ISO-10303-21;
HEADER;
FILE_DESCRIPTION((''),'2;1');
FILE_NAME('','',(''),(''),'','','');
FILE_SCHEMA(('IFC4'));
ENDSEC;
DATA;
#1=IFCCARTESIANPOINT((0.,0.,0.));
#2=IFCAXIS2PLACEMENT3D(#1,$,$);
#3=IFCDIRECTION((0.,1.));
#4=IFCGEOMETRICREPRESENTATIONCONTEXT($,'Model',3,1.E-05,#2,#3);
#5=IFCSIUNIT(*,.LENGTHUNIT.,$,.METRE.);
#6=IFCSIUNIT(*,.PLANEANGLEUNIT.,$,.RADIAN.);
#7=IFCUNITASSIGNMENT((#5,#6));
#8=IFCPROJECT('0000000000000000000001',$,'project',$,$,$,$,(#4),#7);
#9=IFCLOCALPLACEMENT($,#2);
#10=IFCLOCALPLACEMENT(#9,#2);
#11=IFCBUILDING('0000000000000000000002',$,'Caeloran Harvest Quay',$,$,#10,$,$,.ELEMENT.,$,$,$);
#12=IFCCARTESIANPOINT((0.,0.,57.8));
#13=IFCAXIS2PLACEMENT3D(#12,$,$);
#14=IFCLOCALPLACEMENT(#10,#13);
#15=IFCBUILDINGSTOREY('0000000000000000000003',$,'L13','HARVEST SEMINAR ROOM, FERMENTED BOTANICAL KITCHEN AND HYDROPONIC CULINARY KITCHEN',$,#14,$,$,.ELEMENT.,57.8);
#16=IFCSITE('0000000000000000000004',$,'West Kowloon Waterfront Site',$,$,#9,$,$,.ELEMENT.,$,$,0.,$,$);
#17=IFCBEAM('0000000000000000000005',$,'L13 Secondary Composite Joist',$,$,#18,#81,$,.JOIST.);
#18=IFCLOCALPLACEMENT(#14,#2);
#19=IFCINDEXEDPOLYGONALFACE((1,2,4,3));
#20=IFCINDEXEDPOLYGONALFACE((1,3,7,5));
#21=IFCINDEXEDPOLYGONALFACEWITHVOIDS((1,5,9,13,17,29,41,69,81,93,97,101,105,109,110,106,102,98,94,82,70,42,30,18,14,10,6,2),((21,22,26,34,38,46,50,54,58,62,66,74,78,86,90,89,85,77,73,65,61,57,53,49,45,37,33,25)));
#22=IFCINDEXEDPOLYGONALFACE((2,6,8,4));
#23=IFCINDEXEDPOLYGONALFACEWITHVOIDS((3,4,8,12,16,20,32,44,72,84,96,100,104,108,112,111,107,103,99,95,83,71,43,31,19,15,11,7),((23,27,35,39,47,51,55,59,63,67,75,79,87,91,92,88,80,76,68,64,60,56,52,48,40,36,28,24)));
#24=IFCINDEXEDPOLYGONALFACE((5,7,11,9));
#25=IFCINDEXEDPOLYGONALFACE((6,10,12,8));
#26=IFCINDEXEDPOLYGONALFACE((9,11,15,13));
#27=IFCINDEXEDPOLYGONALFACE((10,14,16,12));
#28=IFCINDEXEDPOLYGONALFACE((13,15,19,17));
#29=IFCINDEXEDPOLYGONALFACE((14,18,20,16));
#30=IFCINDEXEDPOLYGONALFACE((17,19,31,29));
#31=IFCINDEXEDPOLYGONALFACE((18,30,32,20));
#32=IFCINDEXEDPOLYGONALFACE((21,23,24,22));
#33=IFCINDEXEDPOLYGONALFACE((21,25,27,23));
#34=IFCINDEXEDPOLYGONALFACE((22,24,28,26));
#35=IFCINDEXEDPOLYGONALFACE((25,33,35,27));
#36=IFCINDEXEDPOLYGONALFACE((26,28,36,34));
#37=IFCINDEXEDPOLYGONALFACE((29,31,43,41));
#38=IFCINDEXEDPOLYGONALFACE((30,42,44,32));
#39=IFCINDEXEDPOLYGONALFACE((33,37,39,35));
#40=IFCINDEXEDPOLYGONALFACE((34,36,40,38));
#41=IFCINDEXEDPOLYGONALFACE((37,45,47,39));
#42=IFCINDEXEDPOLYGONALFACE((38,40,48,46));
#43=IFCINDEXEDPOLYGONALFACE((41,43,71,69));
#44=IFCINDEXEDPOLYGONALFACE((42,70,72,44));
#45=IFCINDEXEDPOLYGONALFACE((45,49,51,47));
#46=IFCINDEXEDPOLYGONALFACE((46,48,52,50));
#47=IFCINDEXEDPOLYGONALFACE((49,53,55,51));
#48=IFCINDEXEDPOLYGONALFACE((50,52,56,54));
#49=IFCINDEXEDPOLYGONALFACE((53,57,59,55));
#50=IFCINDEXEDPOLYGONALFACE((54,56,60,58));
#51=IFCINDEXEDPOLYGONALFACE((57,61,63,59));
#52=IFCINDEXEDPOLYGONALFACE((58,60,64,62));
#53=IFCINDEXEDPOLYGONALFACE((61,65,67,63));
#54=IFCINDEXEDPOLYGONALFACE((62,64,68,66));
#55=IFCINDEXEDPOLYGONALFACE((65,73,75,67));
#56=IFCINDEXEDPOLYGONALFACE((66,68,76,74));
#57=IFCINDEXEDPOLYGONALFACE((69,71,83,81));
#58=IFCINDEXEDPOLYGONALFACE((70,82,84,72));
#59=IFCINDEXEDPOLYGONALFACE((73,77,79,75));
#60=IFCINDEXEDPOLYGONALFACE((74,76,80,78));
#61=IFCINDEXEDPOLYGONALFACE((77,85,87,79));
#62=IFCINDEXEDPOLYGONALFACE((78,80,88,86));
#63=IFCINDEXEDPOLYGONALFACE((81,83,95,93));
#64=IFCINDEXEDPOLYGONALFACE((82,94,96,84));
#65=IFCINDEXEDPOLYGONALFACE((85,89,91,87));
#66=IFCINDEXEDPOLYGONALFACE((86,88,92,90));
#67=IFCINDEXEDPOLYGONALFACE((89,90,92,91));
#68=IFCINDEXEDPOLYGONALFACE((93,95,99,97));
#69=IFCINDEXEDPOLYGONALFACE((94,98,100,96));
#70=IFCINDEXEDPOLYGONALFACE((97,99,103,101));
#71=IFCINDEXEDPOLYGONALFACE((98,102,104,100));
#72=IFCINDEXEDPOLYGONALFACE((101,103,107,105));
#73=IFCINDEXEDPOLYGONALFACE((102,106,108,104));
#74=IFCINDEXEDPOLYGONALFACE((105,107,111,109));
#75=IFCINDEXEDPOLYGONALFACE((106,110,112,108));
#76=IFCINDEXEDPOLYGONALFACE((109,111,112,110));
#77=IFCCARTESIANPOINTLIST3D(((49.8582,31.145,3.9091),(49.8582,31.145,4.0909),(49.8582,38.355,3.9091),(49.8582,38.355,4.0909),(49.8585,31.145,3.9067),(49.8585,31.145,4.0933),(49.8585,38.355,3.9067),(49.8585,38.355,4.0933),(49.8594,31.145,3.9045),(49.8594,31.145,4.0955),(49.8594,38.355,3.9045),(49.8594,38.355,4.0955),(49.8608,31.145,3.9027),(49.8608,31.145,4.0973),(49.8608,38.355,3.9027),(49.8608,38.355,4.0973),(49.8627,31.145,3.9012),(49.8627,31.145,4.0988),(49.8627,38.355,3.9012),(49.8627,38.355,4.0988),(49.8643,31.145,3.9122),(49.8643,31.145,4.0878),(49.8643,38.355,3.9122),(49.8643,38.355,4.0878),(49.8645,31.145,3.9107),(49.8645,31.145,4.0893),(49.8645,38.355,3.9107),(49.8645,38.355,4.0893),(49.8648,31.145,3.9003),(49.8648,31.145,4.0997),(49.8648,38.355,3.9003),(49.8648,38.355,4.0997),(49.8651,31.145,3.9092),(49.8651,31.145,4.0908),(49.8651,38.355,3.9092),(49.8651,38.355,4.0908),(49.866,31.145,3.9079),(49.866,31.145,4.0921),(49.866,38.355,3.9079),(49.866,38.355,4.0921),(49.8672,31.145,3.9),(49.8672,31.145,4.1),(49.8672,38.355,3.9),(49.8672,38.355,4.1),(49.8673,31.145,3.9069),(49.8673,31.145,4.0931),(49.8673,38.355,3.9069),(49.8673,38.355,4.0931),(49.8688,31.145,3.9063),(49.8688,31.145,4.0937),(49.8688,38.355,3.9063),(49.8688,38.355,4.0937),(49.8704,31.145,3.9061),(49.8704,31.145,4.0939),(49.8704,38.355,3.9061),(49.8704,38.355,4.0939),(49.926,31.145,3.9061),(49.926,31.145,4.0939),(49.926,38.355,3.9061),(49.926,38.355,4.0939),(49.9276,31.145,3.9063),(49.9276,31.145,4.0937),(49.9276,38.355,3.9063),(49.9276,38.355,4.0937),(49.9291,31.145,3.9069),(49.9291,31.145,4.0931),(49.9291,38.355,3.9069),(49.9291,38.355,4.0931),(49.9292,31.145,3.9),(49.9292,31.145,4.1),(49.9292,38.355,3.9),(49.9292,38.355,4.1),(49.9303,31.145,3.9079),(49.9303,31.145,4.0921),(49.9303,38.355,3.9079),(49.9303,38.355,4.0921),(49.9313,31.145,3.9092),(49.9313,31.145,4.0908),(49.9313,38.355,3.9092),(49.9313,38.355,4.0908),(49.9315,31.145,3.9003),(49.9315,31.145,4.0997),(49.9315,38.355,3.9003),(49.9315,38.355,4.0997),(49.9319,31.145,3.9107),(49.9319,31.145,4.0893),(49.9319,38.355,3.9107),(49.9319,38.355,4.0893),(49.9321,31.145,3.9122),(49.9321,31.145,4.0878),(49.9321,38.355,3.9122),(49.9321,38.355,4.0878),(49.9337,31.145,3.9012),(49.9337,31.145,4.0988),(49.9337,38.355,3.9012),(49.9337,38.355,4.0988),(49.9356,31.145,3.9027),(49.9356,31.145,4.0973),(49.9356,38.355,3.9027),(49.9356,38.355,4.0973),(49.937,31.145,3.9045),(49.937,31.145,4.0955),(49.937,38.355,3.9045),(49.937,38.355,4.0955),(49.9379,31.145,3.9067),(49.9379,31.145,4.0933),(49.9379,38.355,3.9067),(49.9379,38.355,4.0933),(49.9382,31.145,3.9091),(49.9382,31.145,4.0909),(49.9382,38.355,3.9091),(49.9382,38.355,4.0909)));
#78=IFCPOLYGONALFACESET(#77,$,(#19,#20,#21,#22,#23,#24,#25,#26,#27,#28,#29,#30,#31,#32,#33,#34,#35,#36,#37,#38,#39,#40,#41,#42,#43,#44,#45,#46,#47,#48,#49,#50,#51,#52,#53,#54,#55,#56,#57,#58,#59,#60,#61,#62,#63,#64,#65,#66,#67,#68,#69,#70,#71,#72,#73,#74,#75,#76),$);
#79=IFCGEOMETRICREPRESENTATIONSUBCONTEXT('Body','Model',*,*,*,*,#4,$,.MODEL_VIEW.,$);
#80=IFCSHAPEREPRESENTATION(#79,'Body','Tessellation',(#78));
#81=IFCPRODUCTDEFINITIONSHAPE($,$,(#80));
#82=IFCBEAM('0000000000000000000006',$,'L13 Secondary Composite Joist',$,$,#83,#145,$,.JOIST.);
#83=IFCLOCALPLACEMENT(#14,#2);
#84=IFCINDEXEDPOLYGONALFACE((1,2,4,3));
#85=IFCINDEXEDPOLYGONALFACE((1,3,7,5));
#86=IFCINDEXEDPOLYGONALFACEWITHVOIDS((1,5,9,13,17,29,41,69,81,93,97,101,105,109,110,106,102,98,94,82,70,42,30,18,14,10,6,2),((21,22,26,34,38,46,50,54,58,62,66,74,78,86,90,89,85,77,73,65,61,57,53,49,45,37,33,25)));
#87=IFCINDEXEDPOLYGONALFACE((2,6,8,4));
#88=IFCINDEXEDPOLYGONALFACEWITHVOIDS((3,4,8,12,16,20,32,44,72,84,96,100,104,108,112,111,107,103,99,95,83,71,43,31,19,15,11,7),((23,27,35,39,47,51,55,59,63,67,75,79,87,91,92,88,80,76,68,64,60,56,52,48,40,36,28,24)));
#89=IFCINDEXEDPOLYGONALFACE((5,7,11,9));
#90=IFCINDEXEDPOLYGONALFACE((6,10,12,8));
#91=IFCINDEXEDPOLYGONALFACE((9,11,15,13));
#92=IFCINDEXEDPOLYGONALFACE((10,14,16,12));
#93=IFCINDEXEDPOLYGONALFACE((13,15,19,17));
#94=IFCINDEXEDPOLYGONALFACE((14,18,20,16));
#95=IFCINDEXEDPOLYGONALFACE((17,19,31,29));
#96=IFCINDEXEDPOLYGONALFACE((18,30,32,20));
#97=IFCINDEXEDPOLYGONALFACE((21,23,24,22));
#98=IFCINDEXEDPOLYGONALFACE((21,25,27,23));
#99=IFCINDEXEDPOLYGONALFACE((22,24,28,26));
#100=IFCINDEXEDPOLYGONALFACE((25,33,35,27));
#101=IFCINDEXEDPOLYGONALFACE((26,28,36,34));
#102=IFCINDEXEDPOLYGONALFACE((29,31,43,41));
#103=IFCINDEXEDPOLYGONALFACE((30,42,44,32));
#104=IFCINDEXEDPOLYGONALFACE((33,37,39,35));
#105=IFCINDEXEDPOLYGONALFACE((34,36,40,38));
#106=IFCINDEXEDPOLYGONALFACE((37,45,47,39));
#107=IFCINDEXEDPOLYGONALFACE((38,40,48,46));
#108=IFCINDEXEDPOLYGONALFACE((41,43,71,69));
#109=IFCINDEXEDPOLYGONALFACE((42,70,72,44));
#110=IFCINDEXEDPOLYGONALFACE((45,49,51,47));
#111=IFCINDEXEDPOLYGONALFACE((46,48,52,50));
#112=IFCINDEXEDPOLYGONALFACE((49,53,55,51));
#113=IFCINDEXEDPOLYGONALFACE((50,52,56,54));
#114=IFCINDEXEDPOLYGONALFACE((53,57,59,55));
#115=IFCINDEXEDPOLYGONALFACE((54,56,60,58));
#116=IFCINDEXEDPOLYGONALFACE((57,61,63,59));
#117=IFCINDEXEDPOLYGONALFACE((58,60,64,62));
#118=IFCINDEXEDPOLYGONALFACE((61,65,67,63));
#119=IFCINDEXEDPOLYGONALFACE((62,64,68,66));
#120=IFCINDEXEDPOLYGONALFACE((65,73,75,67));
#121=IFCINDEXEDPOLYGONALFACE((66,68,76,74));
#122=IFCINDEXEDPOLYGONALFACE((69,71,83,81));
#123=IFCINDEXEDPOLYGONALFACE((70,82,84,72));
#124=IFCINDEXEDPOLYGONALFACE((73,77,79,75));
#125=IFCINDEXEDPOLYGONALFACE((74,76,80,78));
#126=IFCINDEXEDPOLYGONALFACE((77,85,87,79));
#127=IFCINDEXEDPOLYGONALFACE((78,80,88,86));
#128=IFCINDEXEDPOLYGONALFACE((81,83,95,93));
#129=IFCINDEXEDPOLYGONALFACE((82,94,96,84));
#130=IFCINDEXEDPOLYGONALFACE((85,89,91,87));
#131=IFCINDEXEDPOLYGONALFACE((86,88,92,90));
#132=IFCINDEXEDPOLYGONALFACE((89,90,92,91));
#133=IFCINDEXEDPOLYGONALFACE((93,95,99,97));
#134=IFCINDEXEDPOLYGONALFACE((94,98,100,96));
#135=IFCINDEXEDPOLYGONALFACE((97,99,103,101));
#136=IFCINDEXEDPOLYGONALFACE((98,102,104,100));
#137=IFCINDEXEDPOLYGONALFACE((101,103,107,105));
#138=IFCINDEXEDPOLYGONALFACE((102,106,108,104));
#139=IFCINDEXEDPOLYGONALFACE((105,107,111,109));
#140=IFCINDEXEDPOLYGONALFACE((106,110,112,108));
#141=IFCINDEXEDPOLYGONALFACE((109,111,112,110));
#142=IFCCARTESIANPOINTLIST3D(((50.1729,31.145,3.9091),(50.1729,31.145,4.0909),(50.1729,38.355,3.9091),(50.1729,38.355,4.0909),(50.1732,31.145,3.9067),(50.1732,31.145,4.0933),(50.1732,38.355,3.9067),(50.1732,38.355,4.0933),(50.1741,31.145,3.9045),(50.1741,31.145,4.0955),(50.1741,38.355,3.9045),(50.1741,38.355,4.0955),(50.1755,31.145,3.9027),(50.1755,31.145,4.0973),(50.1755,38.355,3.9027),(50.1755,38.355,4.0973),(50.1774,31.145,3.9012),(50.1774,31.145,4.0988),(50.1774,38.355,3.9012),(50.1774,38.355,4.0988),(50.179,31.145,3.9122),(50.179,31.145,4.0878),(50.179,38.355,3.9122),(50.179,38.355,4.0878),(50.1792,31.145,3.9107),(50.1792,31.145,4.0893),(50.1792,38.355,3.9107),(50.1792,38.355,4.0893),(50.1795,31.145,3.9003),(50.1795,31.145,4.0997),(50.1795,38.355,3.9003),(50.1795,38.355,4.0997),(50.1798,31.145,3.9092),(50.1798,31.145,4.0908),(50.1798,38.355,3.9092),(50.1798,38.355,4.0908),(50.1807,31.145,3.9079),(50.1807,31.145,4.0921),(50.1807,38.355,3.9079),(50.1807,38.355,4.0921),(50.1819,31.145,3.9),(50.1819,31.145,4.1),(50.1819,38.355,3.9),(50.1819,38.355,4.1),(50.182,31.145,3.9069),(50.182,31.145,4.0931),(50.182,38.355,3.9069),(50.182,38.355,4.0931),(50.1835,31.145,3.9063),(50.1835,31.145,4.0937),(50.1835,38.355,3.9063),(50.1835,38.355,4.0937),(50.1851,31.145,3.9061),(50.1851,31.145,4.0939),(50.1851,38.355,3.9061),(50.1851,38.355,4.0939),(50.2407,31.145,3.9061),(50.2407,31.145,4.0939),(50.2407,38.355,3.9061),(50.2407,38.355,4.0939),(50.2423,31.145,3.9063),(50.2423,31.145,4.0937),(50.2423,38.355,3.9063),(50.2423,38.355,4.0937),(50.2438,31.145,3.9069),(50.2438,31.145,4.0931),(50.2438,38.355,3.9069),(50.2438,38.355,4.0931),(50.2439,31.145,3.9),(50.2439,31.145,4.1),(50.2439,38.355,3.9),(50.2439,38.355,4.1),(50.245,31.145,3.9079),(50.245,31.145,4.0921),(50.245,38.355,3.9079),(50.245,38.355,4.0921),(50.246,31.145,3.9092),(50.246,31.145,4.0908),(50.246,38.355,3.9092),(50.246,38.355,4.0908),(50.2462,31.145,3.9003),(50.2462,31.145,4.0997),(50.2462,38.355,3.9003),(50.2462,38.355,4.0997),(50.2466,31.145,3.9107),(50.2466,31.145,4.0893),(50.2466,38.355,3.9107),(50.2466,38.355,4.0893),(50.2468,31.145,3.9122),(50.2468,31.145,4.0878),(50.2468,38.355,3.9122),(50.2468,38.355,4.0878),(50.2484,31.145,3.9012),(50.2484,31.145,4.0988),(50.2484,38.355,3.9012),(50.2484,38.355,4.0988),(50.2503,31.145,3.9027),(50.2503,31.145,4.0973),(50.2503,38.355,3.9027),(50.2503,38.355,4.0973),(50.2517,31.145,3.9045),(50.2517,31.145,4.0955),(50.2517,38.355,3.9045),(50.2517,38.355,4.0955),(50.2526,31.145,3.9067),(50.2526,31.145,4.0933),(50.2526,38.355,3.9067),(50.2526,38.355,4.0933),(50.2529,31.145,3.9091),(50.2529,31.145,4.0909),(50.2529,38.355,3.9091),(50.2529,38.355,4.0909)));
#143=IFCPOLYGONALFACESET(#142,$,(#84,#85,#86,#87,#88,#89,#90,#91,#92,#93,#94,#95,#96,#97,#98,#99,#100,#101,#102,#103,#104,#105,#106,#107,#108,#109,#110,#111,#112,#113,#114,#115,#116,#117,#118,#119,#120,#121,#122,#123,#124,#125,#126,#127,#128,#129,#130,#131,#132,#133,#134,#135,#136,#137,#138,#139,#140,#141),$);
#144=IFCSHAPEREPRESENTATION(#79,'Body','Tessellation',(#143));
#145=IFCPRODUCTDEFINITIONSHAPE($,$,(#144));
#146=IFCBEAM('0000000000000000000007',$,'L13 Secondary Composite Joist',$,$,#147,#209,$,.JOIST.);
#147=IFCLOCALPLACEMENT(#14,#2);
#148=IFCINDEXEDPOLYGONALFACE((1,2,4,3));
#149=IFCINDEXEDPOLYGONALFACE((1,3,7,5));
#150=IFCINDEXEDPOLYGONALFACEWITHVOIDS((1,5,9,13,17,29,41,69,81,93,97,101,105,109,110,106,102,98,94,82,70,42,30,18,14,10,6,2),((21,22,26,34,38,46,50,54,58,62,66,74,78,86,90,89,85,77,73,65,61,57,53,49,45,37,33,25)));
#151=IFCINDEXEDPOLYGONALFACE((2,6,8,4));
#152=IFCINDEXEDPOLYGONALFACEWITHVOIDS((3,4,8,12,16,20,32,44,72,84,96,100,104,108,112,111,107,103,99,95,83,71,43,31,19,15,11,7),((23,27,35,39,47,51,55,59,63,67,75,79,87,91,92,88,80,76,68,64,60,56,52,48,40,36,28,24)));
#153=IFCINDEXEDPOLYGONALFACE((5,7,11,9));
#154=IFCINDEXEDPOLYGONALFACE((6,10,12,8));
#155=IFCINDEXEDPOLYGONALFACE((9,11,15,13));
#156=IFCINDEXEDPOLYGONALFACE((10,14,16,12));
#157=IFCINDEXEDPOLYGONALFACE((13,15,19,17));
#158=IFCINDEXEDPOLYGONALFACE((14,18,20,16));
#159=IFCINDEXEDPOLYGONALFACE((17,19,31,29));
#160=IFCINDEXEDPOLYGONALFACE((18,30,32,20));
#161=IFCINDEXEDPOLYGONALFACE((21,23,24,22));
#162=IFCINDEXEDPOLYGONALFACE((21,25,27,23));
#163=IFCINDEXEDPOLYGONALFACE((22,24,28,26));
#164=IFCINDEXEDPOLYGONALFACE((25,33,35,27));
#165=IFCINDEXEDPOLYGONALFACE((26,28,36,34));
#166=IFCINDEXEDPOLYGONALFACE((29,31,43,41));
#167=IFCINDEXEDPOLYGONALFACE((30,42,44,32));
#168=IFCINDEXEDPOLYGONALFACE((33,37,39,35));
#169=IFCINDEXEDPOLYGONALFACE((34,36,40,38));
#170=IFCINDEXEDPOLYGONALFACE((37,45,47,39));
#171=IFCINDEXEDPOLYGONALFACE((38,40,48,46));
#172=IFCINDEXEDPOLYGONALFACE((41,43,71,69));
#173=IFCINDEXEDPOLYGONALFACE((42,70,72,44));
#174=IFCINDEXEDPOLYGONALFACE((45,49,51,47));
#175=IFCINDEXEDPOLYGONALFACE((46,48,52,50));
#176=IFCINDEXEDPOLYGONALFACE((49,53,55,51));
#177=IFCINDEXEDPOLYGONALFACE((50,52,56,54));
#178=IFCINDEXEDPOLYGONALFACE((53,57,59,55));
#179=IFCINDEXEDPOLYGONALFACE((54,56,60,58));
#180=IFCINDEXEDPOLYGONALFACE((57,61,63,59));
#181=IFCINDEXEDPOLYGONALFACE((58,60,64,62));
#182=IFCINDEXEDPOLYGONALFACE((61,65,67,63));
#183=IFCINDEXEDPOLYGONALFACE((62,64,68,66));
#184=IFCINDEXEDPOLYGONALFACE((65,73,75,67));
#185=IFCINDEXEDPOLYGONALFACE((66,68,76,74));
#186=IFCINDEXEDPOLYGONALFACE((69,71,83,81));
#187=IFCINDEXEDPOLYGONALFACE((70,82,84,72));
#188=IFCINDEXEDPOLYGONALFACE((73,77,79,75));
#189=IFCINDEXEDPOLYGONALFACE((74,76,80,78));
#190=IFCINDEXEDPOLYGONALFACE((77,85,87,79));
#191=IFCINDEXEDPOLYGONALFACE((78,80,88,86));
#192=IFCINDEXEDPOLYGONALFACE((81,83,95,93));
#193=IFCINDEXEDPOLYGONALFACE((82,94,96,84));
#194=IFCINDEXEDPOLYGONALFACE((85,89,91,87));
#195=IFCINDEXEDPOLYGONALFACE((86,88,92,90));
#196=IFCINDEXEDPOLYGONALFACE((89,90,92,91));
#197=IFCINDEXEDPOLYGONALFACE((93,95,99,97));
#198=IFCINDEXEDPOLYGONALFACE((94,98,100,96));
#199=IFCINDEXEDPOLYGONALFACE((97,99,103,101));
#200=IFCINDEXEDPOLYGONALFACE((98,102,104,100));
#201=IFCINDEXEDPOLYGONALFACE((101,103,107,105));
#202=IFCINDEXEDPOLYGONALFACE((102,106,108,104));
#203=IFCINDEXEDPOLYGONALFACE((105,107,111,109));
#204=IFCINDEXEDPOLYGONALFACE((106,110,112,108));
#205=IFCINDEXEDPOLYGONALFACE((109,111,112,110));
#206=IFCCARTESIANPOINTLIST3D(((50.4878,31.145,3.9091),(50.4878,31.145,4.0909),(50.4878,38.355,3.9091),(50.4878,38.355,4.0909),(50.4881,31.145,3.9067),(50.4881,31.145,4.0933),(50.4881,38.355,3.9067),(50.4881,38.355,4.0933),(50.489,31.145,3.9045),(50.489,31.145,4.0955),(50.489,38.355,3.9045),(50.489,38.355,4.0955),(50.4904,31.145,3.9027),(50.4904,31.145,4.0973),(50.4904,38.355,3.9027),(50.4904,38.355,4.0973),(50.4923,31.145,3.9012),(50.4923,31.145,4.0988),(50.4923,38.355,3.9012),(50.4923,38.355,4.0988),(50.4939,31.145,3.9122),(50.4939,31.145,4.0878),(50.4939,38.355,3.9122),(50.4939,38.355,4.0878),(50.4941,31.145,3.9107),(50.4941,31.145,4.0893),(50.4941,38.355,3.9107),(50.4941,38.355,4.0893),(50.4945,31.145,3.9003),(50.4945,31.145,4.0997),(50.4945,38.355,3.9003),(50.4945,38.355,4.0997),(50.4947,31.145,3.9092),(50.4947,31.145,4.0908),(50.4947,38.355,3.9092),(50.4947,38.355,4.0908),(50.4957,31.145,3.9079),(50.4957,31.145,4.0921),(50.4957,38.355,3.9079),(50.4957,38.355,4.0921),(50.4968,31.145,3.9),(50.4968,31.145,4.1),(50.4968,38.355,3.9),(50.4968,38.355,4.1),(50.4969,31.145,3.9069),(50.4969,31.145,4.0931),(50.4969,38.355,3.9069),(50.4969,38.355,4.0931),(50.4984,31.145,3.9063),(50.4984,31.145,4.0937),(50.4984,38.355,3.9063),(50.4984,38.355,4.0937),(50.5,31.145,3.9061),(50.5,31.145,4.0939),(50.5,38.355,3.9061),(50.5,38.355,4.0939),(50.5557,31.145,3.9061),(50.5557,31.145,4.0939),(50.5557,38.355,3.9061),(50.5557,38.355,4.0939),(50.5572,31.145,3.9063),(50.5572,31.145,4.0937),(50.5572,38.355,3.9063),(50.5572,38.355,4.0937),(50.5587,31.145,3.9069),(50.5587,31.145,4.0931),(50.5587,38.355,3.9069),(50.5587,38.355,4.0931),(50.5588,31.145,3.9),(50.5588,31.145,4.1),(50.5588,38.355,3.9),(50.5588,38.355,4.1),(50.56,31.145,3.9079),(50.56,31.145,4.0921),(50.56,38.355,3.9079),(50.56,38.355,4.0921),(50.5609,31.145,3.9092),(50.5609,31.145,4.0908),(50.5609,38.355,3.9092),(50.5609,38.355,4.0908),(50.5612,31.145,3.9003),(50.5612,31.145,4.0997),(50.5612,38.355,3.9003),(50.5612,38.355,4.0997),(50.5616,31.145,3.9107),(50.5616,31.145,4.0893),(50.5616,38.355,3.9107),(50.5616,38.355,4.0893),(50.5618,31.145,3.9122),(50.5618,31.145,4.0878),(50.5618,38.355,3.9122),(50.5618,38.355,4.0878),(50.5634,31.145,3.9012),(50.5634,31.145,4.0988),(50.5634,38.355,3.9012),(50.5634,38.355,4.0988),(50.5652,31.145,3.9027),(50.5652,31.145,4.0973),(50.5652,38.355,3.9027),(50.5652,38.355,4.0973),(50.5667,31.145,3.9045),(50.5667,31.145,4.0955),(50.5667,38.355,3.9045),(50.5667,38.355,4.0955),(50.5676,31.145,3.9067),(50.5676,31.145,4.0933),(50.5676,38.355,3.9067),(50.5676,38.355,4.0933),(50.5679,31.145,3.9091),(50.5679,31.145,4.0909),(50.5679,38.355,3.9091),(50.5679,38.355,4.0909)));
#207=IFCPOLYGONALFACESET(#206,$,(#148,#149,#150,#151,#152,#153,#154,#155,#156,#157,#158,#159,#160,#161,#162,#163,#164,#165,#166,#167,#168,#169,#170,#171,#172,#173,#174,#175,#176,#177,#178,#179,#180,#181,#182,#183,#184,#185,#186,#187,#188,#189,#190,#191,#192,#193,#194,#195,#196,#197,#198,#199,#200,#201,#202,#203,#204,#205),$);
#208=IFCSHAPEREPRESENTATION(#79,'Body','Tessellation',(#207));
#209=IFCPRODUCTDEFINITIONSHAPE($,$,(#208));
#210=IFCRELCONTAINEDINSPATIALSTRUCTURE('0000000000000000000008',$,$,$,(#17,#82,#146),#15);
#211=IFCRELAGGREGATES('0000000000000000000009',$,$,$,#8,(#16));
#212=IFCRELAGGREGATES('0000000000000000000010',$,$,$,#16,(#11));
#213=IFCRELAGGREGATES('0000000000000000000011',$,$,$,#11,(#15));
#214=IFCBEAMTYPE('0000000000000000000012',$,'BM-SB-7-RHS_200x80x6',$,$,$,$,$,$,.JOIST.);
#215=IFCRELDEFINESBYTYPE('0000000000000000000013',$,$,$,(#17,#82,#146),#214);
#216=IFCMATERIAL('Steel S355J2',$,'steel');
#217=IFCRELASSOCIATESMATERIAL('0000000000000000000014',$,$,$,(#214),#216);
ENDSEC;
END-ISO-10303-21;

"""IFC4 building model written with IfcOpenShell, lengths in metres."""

from ifc_helpers import new_model, si_unit, direction, frame, origin, origin_2d, place, context, subcontext, project, spatial, hollow_rectangle, extrude, material, material_profile, profile_set, type_object, element, save


model = new_model("IFC4")

# Units and contexts
model_context = context("Model", 3, precision=1e-05, world=origin(), true_north=direction((0.0, 1.0)))
body_context = subcontext(model_context, "Body", "Model", "MODEL_VIEW")
ifc_project = project(units=[si_unit("LENGTHUNIT", "METRE"), si_unit("PLANEANGLEUNIT", "RADIAN")], contexts=[model_context])

# Site, building, storey
site_placement = place(None, origin())
site = spatial("IfcSite", under=ifc_project, at=site_placement, Name="West Kowloon Waterfront Site", CompositionType="ELEMENT", RefElevation=0.0)
building_placement = place(site_placement, origin())
building = spatial("IfcBuilding", under=site, at=building_placement, Name="Caeloran Harvest Quay", CompositionType="ELEMENT")
storey_placement = place(building_placement, frame((0.0, 0.0, 57.8)))
storey = spatial("IfcBuildingStorey", under=building, at=storey_placement, Name="L13", Description="HARVEST SEMINAR ROOM, FERMENTED BOTANICAL KITCHEN AND HYDROPONIC CULINARY KITCHEN", CompositionType="ELEMENT", Elevation=57.8)

# Beams
ifc_material_1 = material(Name="Steel S355J2", Category="steel")
ifc_material_profile_1 = material_profile(ifc_material_1, hollow_rectangle(XDim=0.0801, YDim=0.2, WallThickness=0.0061, InnerFilletRadius=0.0061, OuterFilletRadius=0.009, at=origin_2d()), Name="RHS 200x80x6")
ifc_profile_set_1 = profile_set([ifc_material_profile_1], Name="Steel S355J2")
beam_type_1 = type_object("IfcBeamType", Name="BM-SB-7-RHS_200x80x6", PredefinedType="JOIST", material=ifc_profile_set_1)
for number, where, z_axis, x_axis, name in (
    (1, (49.8982, 31.145, 4.0), (0.0, 1.0, 0.0), (-1.0, 0.0, 0.0), "L13 Secondary Composite Joist"),
    (2, (50.2129, 31.145, 4.0), (0.0, 1.0, 0.0), (-1.0, 0.0, 0.0), "L13 Secondary Composite Joist"),
    (3, (50.5278, 31.145, 4.0), (0.0, 1.0, 0.0), (-1.0, 0.0, 0.0), "L13 Secondary Composite Joist"),
):
    element("IfcBeam", number, at=place(storey_placement, frame(where, z_axis=z_axis, x_axis=x_axis)), inside=storey, type_object=beam_type_1, Name=name, PredefinedType="JOIST", context=body_context, shape_type="SweptSolid", body=[
        extrude(hollow_rectangle(XDim=0.0801, YDim=0.2, WallThickness=0.0061, InnerFilletRadius=0.0061, OuterFilletRadius=0.009, at=origin_2d()), origin(), (0.0, 0.0, 1.0), 7.21),
    ])

save(model, "model.ifc")
